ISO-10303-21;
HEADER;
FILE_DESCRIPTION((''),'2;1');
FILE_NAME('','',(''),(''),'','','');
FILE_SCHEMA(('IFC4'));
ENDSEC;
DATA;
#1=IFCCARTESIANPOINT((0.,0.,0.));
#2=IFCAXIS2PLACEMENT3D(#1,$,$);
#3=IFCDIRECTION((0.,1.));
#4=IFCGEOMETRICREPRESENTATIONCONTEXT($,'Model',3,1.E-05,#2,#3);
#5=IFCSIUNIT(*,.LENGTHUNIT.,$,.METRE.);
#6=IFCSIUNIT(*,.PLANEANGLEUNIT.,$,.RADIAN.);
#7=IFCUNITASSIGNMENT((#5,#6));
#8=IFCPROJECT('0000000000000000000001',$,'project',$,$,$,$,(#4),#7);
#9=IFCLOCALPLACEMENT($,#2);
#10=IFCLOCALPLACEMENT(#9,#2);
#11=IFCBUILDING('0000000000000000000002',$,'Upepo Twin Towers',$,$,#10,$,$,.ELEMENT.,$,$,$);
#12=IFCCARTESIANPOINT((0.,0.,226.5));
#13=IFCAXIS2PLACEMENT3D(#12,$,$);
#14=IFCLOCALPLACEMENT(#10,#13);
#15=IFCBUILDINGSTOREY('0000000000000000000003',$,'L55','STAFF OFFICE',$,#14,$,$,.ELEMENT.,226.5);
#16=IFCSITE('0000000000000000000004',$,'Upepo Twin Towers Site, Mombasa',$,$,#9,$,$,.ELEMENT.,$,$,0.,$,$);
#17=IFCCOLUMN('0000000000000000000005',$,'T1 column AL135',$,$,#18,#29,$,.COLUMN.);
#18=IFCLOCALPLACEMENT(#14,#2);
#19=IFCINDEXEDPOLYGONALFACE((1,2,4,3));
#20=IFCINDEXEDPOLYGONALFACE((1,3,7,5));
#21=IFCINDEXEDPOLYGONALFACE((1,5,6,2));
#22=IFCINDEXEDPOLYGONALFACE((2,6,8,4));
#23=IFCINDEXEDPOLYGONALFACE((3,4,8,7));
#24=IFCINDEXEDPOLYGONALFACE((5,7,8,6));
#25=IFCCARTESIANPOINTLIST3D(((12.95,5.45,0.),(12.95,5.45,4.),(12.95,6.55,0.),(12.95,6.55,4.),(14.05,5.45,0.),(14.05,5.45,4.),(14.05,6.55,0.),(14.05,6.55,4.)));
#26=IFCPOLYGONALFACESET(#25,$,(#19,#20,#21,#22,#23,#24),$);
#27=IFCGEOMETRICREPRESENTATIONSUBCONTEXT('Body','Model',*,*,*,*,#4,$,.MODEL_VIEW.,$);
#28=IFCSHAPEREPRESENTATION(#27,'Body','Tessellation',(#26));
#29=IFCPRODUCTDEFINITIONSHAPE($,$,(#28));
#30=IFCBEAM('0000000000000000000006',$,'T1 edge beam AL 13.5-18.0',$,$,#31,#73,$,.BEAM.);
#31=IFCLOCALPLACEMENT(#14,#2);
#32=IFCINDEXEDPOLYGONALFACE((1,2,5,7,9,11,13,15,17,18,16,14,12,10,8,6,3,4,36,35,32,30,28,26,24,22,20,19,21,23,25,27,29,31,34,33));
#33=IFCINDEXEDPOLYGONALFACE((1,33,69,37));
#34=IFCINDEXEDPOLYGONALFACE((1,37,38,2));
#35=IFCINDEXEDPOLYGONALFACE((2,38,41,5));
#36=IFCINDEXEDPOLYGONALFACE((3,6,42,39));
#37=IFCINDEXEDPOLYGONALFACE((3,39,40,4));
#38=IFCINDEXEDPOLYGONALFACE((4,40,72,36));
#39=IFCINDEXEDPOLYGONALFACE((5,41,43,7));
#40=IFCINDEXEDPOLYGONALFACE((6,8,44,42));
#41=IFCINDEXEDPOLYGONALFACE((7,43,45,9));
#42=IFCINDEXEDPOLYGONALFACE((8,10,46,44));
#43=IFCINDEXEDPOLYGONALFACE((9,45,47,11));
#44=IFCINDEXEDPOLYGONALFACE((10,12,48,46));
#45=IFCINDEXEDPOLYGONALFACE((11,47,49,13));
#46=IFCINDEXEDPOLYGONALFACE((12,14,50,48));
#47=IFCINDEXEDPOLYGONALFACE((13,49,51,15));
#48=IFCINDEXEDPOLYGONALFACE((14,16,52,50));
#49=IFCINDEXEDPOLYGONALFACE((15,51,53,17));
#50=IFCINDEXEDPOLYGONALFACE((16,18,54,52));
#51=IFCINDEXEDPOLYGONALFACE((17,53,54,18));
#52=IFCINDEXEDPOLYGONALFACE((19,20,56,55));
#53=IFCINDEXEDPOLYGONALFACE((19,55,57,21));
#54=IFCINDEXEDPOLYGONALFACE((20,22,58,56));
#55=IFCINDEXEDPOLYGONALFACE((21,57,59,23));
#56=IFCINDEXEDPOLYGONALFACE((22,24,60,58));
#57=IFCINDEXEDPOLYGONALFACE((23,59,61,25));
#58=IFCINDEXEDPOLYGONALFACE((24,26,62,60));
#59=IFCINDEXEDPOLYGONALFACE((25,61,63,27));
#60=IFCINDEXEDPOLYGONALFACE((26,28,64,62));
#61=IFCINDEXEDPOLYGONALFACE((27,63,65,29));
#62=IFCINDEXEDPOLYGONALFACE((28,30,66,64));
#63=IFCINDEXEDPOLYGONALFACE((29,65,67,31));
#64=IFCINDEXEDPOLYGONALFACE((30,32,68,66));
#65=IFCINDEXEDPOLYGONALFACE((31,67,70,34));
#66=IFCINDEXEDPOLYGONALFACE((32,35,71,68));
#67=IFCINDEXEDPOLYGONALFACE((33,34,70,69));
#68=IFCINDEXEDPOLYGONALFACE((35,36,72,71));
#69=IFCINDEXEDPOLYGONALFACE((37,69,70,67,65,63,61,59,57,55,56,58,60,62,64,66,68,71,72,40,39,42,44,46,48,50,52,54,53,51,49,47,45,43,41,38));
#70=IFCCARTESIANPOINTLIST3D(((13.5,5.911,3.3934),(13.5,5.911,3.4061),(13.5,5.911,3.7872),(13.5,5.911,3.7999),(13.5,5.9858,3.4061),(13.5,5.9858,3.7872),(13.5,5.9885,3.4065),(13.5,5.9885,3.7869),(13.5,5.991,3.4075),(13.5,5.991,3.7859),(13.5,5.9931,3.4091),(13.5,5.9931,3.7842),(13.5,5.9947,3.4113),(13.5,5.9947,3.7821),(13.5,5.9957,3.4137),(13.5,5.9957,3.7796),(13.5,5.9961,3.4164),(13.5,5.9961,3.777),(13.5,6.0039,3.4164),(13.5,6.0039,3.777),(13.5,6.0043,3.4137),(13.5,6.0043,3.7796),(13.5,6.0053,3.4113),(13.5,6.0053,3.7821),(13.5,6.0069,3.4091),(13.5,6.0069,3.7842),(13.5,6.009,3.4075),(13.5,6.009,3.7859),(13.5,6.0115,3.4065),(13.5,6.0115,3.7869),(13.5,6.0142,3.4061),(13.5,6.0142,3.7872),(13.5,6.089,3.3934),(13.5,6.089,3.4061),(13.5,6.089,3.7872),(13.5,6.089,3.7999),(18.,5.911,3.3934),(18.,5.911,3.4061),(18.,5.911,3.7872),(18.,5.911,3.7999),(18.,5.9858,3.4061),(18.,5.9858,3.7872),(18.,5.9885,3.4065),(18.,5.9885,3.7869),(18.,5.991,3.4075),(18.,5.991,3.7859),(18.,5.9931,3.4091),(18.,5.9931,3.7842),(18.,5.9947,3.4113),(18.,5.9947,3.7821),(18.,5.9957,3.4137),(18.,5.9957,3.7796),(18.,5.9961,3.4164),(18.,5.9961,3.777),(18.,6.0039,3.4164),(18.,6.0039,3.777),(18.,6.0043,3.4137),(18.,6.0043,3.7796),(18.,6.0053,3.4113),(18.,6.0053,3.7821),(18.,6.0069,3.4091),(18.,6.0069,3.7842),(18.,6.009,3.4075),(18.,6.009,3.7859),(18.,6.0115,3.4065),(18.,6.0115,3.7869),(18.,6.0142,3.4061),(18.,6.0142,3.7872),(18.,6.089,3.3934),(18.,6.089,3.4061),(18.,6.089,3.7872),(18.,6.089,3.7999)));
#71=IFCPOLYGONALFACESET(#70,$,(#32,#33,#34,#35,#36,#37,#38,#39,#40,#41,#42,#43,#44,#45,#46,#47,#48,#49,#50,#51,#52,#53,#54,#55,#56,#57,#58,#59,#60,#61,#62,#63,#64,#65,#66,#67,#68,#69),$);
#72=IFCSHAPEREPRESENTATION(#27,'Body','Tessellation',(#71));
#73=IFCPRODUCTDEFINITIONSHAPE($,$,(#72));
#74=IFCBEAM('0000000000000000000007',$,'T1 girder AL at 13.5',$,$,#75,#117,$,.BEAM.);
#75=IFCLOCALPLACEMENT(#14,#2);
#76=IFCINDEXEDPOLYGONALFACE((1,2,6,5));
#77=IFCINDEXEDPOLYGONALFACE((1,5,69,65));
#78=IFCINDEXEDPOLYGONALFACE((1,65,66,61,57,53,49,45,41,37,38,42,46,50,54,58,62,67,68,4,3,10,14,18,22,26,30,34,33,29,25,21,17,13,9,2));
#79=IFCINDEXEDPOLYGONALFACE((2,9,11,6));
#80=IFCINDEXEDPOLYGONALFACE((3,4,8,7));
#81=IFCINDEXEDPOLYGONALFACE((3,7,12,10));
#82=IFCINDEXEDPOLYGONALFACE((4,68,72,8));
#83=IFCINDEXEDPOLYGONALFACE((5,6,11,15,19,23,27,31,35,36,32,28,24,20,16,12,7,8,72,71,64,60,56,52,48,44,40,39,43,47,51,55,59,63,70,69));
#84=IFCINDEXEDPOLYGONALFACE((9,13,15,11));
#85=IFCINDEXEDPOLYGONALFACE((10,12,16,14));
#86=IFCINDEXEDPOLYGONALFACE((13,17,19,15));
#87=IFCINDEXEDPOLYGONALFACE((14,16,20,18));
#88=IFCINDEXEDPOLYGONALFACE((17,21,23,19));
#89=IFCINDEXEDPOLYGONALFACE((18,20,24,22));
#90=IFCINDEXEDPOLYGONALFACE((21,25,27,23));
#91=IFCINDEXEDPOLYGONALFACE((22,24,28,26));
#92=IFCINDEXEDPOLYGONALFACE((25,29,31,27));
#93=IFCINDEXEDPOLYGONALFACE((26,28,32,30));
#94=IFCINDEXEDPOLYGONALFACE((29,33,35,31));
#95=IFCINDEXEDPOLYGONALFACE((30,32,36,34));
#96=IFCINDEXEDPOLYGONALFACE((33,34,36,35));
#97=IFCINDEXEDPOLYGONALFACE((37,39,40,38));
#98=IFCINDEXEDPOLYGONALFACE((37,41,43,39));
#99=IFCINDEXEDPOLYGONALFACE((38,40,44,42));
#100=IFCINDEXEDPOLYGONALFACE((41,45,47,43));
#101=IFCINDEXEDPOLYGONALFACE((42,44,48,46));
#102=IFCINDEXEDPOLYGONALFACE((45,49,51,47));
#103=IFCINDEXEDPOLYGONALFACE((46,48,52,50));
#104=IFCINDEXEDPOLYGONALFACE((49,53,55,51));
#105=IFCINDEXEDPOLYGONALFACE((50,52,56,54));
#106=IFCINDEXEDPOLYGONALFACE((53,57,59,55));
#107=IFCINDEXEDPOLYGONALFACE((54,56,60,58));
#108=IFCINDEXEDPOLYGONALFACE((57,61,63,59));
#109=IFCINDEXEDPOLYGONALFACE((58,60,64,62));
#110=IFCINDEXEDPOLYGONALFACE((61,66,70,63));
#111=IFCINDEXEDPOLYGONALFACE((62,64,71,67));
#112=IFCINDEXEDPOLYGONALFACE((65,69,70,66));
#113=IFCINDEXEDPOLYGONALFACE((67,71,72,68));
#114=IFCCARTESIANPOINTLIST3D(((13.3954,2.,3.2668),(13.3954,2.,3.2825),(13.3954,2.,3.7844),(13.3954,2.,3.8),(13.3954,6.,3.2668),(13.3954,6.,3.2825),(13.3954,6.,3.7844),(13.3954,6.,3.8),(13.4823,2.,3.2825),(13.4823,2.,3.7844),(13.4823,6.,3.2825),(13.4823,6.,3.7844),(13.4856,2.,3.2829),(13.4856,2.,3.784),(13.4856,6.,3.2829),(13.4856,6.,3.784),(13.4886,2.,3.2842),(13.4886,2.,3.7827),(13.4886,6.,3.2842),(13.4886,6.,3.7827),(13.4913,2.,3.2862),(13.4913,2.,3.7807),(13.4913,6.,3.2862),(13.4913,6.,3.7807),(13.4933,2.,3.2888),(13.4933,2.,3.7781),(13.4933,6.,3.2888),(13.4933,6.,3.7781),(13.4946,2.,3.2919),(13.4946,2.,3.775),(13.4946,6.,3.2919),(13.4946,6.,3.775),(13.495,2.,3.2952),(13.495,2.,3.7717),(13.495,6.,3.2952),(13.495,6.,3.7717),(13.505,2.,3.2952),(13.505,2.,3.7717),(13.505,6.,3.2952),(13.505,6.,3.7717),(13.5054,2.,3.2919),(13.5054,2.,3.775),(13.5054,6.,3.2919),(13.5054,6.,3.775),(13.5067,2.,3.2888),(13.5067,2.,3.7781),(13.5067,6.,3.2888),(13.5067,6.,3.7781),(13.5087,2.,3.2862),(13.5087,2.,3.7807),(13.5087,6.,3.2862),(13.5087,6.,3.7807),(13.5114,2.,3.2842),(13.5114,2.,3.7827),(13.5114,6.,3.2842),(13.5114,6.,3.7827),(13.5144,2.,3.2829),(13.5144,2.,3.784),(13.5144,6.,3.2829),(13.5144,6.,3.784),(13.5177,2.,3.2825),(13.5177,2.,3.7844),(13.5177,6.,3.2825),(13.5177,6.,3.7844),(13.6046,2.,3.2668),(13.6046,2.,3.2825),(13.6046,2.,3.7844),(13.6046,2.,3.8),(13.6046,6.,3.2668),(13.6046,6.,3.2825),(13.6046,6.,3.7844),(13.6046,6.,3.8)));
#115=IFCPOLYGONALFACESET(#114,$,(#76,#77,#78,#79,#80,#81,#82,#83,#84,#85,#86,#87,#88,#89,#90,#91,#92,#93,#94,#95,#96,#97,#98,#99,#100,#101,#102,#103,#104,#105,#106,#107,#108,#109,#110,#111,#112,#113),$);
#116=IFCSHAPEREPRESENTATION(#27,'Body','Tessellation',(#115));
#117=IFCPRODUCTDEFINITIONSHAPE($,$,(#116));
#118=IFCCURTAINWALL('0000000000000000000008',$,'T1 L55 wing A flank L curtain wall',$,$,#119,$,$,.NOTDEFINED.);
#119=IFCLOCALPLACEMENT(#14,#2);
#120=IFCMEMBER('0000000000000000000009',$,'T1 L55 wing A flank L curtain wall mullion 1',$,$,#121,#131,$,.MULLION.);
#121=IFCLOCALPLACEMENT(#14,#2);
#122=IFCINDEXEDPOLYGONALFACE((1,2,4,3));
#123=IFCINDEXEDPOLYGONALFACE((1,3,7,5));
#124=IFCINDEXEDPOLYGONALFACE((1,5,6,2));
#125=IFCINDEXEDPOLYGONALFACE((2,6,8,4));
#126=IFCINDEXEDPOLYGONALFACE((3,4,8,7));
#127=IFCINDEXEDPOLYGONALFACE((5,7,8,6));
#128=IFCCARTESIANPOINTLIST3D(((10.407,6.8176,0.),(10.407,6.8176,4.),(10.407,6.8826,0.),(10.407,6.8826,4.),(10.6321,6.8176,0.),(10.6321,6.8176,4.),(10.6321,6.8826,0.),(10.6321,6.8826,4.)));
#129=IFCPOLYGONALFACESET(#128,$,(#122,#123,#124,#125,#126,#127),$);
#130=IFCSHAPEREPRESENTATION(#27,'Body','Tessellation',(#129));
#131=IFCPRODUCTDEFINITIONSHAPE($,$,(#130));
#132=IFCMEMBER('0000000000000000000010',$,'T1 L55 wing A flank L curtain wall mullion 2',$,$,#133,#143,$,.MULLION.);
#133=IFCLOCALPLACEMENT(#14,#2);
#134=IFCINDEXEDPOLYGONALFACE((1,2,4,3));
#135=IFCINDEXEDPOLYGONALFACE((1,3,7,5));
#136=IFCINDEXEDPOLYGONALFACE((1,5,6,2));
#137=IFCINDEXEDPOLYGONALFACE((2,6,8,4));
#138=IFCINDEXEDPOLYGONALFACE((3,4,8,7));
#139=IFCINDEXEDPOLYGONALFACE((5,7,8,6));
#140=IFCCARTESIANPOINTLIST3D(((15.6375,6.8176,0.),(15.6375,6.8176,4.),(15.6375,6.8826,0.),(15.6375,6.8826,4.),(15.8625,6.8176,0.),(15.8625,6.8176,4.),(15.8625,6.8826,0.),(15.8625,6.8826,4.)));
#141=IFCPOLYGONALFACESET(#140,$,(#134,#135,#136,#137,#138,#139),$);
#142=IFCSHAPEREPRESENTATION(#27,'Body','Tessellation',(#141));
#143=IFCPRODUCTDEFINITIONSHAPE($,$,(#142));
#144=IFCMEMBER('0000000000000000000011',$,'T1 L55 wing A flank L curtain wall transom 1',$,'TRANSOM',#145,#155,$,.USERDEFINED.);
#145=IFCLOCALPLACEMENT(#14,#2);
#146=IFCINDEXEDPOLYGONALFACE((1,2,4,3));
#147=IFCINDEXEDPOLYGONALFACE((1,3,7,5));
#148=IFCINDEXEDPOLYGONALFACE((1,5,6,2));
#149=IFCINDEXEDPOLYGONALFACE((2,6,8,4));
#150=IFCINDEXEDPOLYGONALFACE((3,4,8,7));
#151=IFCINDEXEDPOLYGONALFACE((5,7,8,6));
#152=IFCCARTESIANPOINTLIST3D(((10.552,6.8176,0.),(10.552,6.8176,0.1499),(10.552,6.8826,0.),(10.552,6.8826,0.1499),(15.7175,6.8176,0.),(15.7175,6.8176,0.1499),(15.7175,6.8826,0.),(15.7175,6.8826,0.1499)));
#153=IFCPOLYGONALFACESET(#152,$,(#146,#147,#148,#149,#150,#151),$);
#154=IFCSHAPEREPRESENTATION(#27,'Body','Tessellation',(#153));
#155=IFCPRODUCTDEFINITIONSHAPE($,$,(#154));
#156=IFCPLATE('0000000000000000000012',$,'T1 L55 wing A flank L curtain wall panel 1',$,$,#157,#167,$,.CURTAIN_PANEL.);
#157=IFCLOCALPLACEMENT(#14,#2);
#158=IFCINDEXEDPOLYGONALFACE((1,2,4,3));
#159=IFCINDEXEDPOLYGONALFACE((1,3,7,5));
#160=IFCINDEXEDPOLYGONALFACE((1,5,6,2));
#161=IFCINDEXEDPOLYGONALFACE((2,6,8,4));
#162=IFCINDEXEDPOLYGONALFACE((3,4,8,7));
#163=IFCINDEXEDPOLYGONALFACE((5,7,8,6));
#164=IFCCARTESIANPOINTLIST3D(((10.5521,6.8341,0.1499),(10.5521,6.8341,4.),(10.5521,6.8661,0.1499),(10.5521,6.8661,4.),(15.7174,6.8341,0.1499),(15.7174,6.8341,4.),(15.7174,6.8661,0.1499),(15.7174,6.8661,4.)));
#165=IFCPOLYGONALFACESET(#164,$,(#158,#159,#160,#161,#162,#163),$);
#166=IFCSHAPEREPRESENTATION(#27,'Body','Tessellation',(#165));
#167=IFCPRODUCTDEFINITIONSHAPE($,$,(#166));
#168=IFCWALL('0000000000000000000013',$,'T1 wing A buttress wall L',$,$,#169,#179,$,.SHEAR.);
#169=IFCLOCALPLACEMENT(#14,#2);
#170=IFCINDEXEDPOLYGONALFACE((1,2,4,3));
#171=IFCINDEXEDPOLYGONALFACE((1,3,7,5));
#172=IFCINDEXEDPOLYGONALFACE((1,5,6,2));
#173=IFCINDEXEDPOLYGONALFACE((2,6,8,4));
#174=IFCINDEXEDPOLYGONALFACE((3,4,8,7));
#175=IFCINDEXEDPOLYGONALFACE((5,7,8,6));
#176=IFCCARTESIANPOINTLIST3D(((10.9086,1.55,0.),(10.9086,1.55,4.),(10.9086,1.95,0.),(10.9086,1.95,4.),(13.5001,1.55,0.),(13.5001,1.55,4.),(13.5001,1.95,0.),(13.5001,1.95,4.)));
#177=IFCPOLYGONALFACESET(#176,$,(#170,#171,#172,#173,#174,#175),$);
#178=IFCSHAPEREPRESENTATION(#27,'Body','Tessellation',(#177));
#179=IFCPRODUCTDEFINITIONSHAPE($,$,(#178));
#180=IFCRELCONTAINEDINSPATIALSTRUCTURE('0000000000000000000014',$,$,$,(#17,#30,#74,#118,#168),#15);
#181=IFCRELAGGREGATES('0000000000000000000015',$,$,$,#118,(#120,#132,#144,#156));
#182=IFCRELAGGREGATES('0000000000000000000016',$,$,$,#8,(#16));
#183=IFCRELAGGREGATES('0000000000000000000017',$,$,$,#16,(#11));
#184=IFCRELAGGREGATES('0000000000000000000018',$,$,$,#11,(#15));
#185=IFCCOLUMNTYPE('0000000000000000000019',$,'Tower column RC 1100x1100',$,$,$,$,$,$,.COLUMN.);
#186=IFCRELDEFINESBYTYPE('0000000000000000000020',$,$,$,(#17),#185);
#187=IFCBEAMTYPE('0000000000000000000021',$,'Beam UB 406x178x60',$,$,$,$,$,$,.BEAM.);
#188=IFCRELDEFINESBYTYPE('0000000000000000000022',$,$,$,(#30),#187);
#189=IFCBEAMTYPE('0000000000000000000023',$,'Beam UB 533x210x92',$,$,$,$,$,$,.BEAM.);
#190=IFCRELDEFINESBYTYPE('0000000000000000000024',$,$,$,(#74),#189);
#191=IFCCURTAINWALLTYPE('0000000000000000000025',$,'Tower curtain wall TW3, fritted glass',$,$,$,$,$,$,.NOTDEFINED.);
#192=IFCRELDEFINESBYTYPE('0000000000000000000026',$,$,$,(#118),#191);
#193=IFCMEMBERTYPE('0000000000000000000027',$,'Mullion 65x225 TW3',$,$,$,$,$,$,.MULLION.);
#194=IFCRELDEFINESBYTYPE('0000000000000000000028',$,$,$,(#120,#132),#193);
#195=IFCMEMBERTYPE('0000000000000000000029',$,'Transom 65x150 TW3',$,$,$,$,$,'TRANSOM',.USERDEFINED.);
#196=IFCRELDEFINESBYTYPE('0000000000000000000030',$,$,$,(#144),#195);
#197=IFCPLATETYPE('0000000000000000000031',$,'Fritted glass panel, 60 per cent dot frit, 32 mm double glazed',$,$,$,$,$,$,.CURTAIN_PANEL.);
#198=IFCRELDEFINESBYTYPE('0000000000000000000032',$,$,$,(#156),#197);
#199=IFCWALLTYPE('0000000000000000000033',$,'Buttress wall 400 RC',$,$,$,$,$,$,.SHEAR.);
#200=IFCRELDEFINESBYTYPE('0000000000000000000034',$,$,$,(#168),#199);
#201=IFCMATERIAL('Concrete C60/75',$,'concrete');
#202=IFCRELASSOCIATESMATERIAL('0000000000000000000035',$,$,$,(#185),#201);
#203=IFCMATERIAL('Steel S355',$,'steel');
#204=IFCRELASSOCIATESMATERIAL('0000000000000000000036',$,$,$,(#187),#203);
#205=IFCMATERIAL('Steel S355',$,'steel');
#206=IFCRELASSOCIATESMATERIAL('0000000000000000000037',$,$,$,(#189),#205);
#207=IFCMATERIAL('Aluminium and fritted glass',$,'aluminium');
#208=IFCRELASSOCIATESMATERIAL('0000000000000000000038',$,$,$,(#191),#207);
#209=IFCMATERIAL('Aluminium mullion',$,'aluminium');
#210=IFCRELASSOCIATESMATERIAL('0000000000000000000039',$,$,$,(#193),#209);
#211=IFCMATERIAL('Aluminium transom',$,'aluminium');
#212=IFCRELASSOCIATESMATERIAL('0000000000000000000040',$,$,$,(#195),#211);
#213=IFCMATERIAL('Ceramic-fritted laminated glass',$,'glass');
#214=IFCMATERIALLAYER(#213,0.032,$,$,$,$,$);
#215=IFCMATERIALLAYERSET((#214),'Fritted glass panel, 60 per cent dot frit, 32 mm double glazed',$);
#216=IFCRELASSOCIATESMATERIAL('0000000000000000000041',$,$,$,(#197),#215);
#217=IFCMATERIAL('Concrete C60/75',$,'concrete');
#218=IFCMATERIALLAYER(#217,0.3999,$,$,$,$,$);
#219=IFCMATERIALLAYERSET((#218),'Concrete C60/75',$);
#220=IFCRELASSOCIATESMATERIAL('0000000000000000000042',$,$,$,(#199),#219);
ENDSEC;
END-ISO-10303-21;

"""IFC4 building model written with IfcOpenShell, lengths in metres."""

from ifc_helpers import new_model, si_unit, direction, frame, frame_2d, origin, origin_2d, place, context, subcontext, project, spatial, rectangle, i_section, extrude, material, layer, layer_set, material_profile, profile_set, type_object, element, aggregate, save


model = new_model("IFC4")

# Units and contexts
model_context = context("Model", 3, precision=1e-05, world=origin(), true_north=direction((0.0, 1.0)))
body_context = subcontext(model_context, "Body", "Model", "MODEL_VIEW")
ifc_project = project(units=[si_unit("LENGTHUNIT", "METRE"), si_unit("PLANEANGLEUNIT", "RADIAN")], contexts=[model_context])

# Site, building, storey
site_placement = place(None, origin())
site = spatial("IfcSite", under=ifc_project, at=site_placement, Name="Upepo Twin Towers Site, Mombasa", CompositionType="ELEMENT", RefElevation=0.0)
building_placement = place(site_placement, origin())
building = spatial("IfcBuilding", under=site, at=building_placement, Name="Upepo Twin Towers", CompositionType="ELEMENT")
storey_placement = place(building_placement, frame((0.0, 0.0, 226.5)))
storey = spatial("IfcBuildingStorey", under=building, at=storey_placement, Name="L55", Description="STAFF OFFICE", CompositionType="ELEMENT", Elevation=226.5)

# Column
ifc_material_1 = material(Name="Concrete C60/75", Category="concrete")
ifc_material_profile_1 = material_profile(ifc_material_1, rectangle(XDim=1.1001, YDim=1.1001, at=origin_2d()), Name="RC 1100x1100")
ifc_profile_set_1 = profile_set([ifc_material_profile_1], Name="Concrete C60/75")
column_type = type_object("IfcColumnType", Name="Tower column RC 1100x1100", PredefinedType="COLUMN", material=ifc_profile_set_1)
column_placement = place(storey_placement, frame((13.5, 6.0, 0.0), z_axis=(0.0, 0.0, 1.0), x_axis=(1.0, 0.0, 0.0)))
element("IfcColumn", 1, at=column_placement, inside=storey, type_object=column_type, Name="T1 column AL135", PredefinedType="COLUMN", context=body_context, shape_type="SweptSolid", body=[
    extrude(rectangle(XDim=1.1001, YDim=1.1001, at=origin_2d()), origin(), (0.0, 0.0, 1.0), 4.0),
])

# Beams
ifc_material_2 = material(Name="Steel S355", Category="steel")
ifc_material_profile_2 = material_profile(ifc_material_2, i_section(OverallWidth=0.178, OverallDepth=0.4065, WebThickness=0.0078, FlangeThickness=0.0127, FilletRadius=0.0103, at=origin_2d()), Name="UB 406x178x60")
ifc_profile_set_2 = profile_set([ifc_material_profile_2], Name="Steel S355")
beam_type_1 = type_object("IfcBeamType", Name="Beam UB 406x178x60", PredefinedType="BEAM", material=ifc_profile_set_2)
beam_1_placement = place(storey_placement, frame((13.5, 6.0, 3.5967), z_axis=(1.0, 0.0, 0.0), x_axis=(0.0, 1.0, 0.0)))
element("IfcBeam", 2, at=beam_1_placement, inside=storey, type_object=beam_type_1, Name="T1 edge beam AL 13.5-18.0", PredefinedType="BEAM", context=body_context, shape_type="SweptSolid", body=[
    extrude(i_section(OverallWidth=0.178, OverallDepth=0.4065, WebThickness=0.0078, FlangeThickness=0.0127, FilletRadius=0.0103, at=origin_2d()), origin(), (0.0, 0.0, 1.0), 4.5),
])
ifc_material_3 = material(Name="Steel S355", Category="steel")
ifc_material_profile_3 = material_profile(ifc_material_3, i_section(OverallWidth=0.2092, OverallDepth=0.5332, WebThickness=0.01, FlangeThickness=0.0156, FilletRadius=0.0127, at=origin_2d()), Name="UB 533x210x92")
ifc_profile_set_3 = profile_set([ifc_material_profile_3], Name="Steel S355")
beam_type_2 = type_object("IfcBeamType", Name="Beam UB 533x210x92", PredefinedType="BEAM", material=ifc_profile_set_3)
beam_2_placement = place(storey_placement, frame((13.5, 6.0, 3.5334), z_axis=(0.0, -1.0, 0.0), x_axis=(1.0, 0.0, 0.0)))
element("IfcBeam", 3, at=beam_2_placement, inside=storey, type_object=beam_type_2, Name="T1 girder AL at 13.5", PredefinedType="BEAM", context=body_context, shape_type="SweptSolid", body=[
    extrude(i_section(OverallWidth=0.2092, OverallDepth=0.5332, WebThickness=0.01, FlangeThickness=0.0156, FilletRadius=0.0127, at=origin_2d()), origin(), (0.0, 0.0, 1.0), 4.0),
])

# Curtain wall, members, plate
ifc_material_4 = material(Name="Aluminium and fritted glass", Category="aluminium")
curtain_wall_type = type_object("IfcCurtainWallType", Name="Tower curtain wall TW3, fritted glass", PredefinedType="NOTDEFINED", material=ifc_material_4)
curtain_wall_placement = place(storey_placement, origin())
curtain_wall = element("IfcCurtainWall", 4, at=curtain_wall_placement, inside=storey, type_object=curtain_wall_type, Name="T1 L55 wing A flank L curtain wall", PredefinedType="NOTDEFINED")
ifc_material_5 = material(Name="Aluminium mullion", Category="aluminium")
ifc_material_profile_4 = material_profile(ifc_material_5, rectangle(XDim=0.0649, YDim=0.2251, at=origin_2d()), Name="MULLION 65x225")
ifc_profile_set_4 = profile_set([ifc_material_profile_4], Name="Aluminium mullion")
member_type_1 = type_object("IfcMemberType", Name="Mullion 65x225 TW3", PredefinedType="MULLION", material=ifc_profile_set_4)
member_1_placement = place(storey_placement, frame((10.5195, 6.8501, 0.0), z_axis=(0.0, 0.0, 1.0), x_axis=(0.0, 1.0, 0.0)))
member_1 = element("IfcMember", 5, at=member_1_placement, type_object=member_type_1, Name="T1 L55 wing A flank L curtain wall mullion 1", PredefinedType="MULLION", context=body_context, shape_type="SweptSolid", body=[
    extrude(rectangle(XDim=0.0649, YDim=0.2251, at=origin_2d()), origin(), (0.0, 0.0, 1.0), 4.0),
])
member_2_placement = place(storey_placement, frame((15.75, 6.8501, 0.0), z_axis=(0.0, 0.0, 1.0), x_axis=(0.0, 1.0, 0.0)))
member_2 = element("IfcMember", 6, at=member_2_placement, type_object=member_type_1, Name="T1 L55 wing A flank L curtain wall mullion 2", PredefinedType="MULLION", context=body_context, shape_type="SweptSolid", body=[
    extrude(rectangle(XDim=0.0649, YDim=0.2251, at=origin_2d()), origin(), (0.0, 0.0, 1.0), 4.0),
])
ifc_material_6 = material(Name="Aluminium transom", Category="aluminium")
ifc_material_profile_5 = material_profile(ifc_material_6, rectangle(XDim=0.0649, YDim=0.1499, at=origin_2d()), Name="TRANSOM 65x150")
ifc_profile_set_5 = profile_set([ifc_material_profile_5], Name="Aluminium transom")
member_type_2 = type_object("IfcMemberType", Name="Transom 65x150 TW3", ElementType="TRANSOM", PredefinedType="USERDEFINED", material=ifc_profile_set_5)
member_3_placement = place(storey_placement, frame((10.552, 6.8501, 0.075), z_axis=(1.0, 0.0, 0.0), x_axis=(0.0, 1.0, 0.0)))
member_3 = element("IfcMember", 7, at=member_3_placement, type_object=member_type_2, Name="T1 L55 wing A flank L curtain wall transom 1", ObjectType="TRANSOM", PredefinedType="USERDEFINED", context=body_context, shape_type="SweptSolid", body=[
    extrude(rectangle(XDim=0.0649, YDim=0.1499, at=origin_2d()), origin(), (0.0, 0.0, 1.0), 5.1655),
])
ifc_material_7 = material(Name="Ceramic-fritted laminated glass", Category="glass")
ifc_layer_1 = layer(ifc_material_7, 0.032)
ifc_layer_set_1 = layer_set([ifc_layer_1], Name="Fritted glass panel, 60 per cent dot frit, 32 mm double glazed")
plate_type = type_object("IfcPlateType", Name="Fritted glass panel, 60 per cent dot frit, 32 mm double glazed", PredefinedType="CURTAIN_PANEL", material=ifc_layer_set_1)
plate_placement = place(storey_placement, frame((13.1348, 6.8501, 0.1499), z_axis=(0.0, 0.0, 1.0), x_axis=(1.0, 0.0, 0.0)))
plate = element("IfcPlate", 8, at=plate_placement, type_object=plate_type, Name="T1 L55 wing A flank L curtain wall panel 1", PredefinedType="CURTAIN_PANEL", context=body_context, shape_type="SweptSolid", body=[
    extrude(rectangle(XDim=5.1653, YDim=0.032, at=origin_2d()), origin(), (0.0, 0.0, 1.0), 3.8501),
])
aggregate(curtain_wall, [member_1, member_2, member_3, plate])

# Wall
ifc_material_8 = material(Name="Concrete C60/75", Category="concrete")
ifc_layer_2 = layer(ifc_material_8, 0.3999)
ifc_layer_set_2 = layer_set([ifc_layer_2], Name="Concrete C60/75")
wall_type_1 = type_object("IfcWallType", Name="Buttress wall 400 RC", PredefinedType="SHEAR", material=ifc_layer_set_2)
wall_1_placement = place(storey_placement, frame((10.9084, 1.75, 0.0), z_axis=(0.0, 0.0, 1.0), x_axis=(1.0, 0.0, 0.0)))
element("IfcWall", 9, at=wall_1_placement, inside=storey, type_object=wall_type_1, Name="T1 wing A buttress wall L", PredefinedType="SHEAR", context=body_context, shape_type="SweptSolid", body=[
    extrude(rectangle(XDim=2.5916, YDim=0.3999, at=frame_2d((1.2959, 0.0))), origin(), (0.0, 0.0, 1.0), 4.0),
])

save(model, "model.ifc")
